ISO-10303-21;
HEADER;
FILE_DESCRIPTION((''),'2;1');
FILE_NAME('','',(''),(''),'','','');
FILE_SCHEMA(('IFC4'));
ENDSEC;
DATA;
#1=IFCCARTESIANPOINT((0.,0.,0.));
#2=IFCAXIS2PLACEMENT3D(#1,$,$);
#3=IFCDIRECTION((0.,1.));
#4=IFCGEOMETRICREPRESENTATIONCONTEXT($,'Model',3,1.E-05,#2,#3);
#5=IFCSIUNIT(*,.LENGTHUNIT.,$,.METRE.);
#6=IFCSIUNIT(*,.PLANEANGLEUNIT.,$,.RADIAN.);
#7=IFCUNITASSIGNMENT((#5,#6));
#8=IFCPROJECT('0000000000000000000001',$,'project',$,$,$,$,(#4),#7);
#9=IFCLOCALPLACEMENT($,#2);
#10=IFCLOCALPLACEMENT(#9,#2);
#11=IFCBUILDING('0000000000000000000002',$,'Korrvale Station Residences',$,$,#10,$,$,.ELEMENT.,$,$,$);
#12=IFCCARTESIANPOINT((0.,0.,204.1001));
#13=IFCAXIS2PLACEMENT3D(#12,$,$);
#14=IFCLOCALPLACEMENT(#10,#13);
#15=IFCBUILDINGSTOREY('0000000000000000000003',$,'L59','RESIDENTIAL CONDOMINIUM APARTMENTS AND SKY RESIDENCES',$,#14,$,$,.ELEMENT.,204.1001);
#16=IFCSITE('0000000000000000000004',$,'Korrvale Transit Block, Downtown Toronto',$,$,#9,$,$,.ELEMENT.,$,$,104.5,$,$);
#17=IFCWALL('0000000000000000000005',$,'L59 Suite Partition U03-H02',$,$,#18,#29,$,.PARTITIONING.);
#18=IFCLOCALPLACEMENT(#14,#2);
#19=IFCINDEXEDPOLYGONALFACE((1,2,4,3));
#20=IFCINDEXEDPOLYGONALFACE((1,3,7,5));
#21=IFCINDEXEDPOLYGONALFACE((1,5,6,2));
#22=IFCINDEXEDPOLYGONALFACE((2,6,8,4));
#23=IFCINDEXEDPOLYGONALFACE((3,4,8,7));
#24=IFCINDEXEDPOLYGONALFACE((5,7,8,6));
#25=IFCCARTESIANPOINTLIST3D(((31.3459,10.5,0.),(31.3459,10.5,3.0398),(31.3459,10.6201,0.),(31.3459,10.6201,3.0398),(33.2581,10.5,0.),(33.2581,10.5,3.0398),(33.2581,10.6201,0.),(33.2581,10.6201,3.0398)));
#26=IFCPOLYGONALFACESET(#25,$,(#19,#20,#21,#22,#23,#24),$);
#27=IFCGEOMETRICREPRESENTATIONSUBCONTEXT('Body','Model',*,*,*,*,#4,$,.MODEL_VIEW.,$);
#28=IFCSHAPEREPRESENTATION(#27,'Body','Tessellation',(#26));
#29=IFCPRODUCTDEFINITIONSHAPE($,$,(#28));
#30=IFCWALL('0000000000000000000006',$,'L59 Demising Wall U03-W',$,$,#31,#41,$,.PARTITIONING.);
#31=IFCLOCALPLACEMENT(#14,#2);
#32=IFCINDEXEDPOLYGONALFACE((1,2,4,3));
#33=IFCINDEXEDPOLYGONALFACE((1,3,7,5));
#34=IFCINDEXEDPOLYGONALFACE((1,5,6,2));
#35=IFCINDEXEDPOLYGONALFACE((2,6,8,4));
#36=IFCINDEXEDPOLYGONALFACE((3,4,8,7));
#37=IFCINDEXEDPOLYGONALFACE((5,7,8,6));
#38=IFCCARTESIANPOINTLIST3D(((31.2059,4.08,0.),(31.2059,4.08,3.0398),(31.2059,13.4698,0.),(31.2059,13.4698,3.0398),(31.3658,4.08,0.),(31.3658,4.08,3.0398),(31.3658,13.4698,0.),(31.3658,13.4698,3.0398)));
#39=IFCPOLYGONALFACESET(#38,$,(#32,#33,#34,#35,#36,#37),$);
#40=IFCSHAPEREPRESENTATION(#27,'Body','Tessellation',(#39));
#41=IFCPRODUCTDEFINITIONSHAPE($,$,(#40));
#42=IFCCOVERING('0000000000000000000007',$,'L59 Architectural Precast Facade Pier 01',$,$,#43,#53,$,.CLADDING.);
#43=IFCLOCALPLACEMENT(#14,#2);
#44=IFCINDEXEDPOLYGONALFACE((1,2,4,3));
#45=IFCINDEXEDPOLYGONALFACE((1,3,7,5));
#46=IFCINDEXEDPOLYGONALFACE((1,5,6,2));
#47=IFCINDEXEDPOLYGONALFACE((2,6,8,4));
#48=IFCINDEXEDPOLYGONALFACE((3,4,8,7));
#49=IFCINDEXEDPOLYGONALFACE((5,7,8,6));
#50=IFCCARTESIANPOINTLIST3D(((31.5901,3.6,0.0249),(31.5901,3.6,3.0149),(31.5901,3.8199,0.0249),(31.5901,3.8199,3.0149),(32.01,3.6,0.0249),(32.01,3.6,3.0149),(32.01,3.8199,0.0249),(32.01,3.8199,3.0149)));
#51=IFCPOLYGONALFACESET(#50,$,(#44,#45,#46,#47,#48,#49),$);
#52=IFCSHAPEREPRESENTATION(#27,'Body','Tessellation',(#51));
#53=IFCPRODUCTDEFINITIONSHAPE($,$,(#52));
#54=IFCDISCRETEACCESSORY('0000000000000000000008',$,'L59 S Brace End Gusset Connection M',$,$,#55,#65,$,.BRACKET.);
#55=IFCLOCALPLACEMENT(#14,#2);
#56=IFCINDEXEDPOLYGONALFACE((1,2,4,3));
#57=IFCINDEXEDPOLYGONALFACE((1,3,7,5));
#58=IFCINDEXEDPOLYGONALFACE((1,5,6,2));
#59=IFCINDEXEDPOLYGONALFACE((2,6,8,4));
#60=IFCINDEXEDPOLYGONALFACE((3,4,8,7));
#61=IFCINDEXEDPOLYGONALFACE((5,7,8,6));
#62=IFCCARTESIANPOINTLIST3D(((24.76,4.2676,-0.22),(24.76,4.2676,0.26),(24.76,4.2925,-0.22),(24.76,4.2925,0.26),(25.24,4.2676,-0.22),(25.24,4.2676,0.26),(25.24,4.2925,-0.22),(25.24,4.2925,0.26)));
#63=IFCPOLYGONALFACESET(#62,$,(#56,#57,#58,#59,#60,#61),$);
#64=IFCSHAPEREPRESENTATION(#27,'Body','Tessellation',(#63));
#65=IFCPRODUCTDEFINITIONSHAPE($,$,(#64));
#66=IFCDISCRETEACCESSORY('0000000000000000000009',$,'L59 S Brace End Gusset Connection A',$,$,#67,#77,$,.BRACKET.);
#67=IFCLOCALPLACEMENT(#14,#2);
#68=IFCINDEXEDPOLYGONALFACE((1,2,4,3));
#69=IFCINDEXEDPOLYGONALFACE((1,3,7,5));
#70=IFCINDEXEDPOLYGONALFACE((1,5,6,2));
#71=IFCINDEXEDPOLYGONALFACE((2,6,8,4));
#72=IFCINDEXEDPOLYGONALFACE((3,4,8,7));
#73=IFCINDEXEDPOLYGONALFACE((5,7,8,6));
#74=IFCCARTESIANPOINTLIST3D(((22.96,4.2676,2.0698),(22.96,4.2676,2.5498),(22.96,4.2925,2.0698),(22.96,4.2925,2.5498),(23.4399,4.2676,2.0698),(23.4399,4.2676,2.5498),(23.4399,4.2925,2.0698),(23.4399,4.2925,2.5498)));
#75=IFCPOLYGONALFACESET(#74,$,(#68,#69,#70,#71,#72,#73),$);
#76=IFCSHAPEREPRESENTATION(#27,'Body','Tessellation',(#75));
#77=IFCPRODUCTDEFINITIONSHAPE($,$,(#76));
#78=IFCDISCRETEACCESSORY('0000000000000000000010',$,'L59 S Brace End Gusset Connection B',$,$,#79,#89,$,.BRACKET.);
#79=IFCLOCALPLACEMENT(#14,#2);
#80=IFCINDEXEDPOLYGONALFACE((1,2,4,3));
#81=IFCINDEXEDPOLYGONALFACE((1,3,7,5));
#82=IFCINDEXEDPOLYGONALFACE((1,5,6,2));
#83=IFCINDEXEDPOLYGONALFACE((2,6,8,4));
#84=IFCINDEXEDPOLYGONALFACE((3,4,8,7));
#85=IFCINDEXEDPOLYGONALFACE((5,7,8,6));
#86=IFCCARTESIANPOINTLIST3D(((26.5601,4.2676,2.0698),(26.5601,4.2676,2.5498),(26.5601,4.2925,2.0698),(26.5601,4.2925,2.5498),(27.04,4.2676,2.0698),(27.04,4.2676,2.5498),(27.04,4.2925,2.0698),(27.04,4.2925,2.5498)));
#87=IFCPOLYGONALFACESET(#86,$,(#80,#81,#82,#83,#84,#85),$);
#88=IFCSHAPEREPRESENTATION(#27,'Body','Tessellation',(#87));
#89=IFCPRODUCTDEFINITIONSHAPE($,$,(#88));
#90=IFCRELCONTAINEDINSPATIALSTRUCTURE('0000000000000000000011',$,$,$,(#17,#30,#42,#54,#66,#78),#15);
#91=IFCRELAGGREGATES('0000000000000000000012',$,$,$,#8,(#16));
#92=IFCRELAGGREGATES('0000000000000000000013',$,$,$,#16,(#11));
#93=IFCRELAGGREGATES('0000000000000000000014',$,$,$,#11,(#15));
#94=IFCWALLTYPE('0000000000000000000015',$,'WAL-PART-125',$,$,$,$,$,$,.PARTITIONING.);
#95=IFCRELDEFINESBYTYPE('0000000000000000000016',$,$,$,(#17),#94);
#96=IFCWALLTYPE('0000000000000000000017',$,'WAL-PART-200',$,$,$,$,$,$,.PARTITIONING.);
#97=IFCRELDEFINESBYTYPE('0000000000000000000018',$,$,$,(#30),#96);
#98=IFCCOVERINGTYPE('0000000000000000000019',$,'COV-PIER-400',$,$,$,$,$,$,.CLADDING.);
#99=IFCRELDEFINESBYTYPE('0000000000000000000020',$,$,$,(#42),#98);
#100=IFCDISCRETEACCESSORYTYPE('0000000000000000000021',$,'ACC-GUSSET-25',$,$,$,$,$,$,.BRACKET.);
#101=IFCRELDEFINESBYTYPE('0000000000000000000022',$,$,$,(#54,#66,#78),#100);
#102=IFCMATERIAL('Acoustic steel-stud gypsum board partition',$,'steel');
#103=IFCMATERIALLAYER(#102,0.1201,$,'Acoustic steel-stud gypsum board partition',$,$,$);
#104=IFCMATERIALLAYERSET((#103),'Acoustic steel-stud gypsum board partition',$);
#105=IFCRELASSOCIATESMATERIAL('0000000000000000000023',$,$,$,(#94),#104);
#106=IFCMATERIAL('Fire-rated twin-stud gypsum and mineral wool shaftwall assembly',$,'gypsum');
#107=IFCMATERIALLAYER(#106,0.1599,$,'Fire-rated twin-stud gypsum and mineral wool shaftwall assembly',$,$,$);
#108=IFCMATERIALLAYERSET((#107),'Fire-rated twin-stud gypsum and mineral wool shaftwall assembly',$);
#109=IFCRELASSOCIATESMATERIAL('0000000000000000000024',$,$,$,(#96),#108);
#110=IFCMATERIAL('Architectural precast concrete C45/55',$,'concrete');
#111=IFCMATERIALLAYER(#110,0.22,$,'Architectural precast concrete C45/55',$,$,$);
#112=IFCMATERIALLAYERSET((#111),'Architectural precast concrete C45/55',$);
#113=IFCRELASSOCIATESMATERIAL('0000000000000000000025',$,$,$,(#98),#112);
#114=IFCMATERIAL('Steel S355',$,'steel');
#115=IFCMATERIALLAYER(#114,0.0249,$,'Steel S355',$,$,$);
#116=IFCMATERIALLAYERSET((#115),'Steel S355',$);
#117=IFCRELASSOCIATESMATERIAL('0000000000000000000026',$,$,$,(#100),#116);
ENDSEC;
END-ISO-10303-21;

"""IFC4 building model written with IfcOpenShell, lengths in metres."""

from ifc_helpers import new_model, si_unit, direction, frame, frame_2d, origin, origin_2d, place, context, subcontext, project, spatial, rectangle, extrude, material, layer, layer_set, type_object, element, save


model = new_model("IFC4")

# Units and contexts
model_context = context("Model", 3, precision=1e-05, world=origin(), true_north=direction((0.0, 1.0)))
body_context = subcontext(model_context, "Body", "Model", "MODEL_VIEW")
ifc_project = project(units=[si_unit("LENGTHUNIT", "METRE"), si_unit("PLANEANGLEUNIT", "RADIAN")], contexts=[model_context])

# Site, building, storey
site_placement = place(None, origin())
site = spatial("IfcSite", under=ifc_project, at=site_placement, Name="Korrvale Transit Block, Downtown Toronto", CompositionType="ELEMENT", RefElevation=104.5)
building_placement = place(site_placement, origin())
building = spatial("IfcBuilding", under=site, at=building_placement, Name="Korrvale Station Residences", CompositionType="ELEMENT")
storey_placement = place(building_placement, frame((0.0, 0.0, 204.1001)))
storey = spatial("IfcBuildingStorey", under=building, at=storey_placement, Name="L59", Description="RESIDENTIAL CONDOMINIUM APARTMENTS AND SKY RESIDENCES", CompositionType="ELEMENT", Elevation=204.1001)

# Shared definitions
ifc_material_1 = material(Name="Steel S355", Category="steel")

# Shared definitions
ifc_material_2 = material(Name="Acoustic steel-stud gypsum board partition", Category="steel")
ifc_layer_1 = layer(ifc_material_2, 0.1201, Name="Acoustic steel-stud gypsum board partition")
ifc_layer_set_1 = layer_set([ifc_layer_1], Name="Acoustic steel-stud gypsum board partition")
wall_type_1 = type_object("IfcWallType", Name="WAL-PART-125", PredefinedType="PARTITIONING", material=ifc_layer_set_1)

# Walls
wall_1_placement = place(storey_placement, frame((31.3459, 10.5601, 0.0), z_axis=(0.0, 0.0, 1.0), x_axis=(1.0, 0.0, 0.0)))
element("IfcWall", 1, at=wall_1_placement, inside=storey, type_object=wall_type_1, Name="L59 Suite Partition U03-H02", PredefinedType="PARTITIONING", context=body_context, shape_type="SweptSolid", body=[
    extrude(rectangle(XDim=1.9121, YDim=0.1201, at=frame_2d((0.9561, 0.0))), origin(), (0.0, 0.0, 1.0), 3.0398),
])
ifc_material_3 = material(Name="Fire-rated twin-stud gypsum and mineral wool shaftwall assembly", Category="gypsum")
ifc_layer_2 = layer(ifc_material_3, 0.1599, Name="Fire-rated twin-stud gypsum and mineral wool shaftwall assembly")
ifc_layer_set_2 = layer_set([ifc_layer_2], Name="Fire-rated twin-stud gypsum and mineral wool shaftwall assembly")
wall_type_2 = type_object("IfcWallType", Name="WAL-PART-200", PredefinedType="PARTITIONING", material=ifc_layer_set_2)
wall_2_placement = place(storey_placement, frame((31.2859, 4.0801, 0.0), z_axis=(0.0, 0.0, 1.0), x_axis=(0.0, 1.0, 0.0)))
element("IfcWall", 2, at=wall_2_placement, inside=storey, type_object=wall_type_2, Name="L59 Demising Wall U03-W", PredefinedType="PARTITIONING", context=body_context, shape_type="SweptSolid", body=[
    extrude(rectangle(XDim=9.3899, YDim=0.1599, at=frame_2d((4.6948, 0.0))), origin(), (0.0, 0.0, 1.0), 3.0398),
])

# Covering
ifc_material_4 = material(Name="Architectural precast concrete C45/55", Category="concrete")
ifc_layer_3 = layer(ifc_material_4, 0.22, Name="Architectural precast concrete C45/55")
ifc_layer_set_3 = layer_set([ifc_layer_3], Name="Architectural precast concrete C45/55")
covering_type = type_object("IfcCoveringType", Name="COV-PIER-400", PredefinedType="CLADDING", material=ifc_layer_set_3)
covering_placement = place(storey_placement, frame((31.8, 3.71, 0.0249), z_axis=(0.0, 0.0, 1.0), x_axis=(1.0, 0.0, 0.0)))
element("IfcCovering", 3, at=covering_placement, inside=storey, type_object=covering_type, Name="L59 Architectural Precast Facade Pier 01", PredefinedType="CLADDING", context=body_context, shape_type="SweptSolid", body=[
    extrude(rectangle(XDim=0.4199, YDim=0.22, at=origin_2d()), origin(), (0.0, 0.0, 1.0), 2.99),
])

# Discrete accessories
ifc_layer_4 = layer(ifc_material_1, 0.0249, Name="Steel S355")
ifc_layer_set_4 = layer_set([ifc_layer_4], Name="Steel S355")
discrete_accessory_type = type_object("IfcDiscreteAccessoryType", Name="ACC-GUSSET-25", PredefinedType="BRACKET", material=ifc_layer_set_4)
for number, where, z_axis, x_axis, name in (
    (4, (25.0, 4.28, -0.22), (0.0, 0.0, 1.0), (1.0, 0.0, 0.0), "L59 S Brace End Gusset Connection M"),
    (5, (23.2, 4.28, 2.0698), (0.0, 0.0, 1.0), (1.0, 0.0, 0.0), "L59 S Brace End Gusset Connection A"),
    (6, (26.8, 4.28, 2.0698), (0.0, 0.0, 1.0), (1.0, 0.0, 0.0), "L59 S Brace End Gusset Connection B"),
):
    element("IfcDiscreteAccessory", number, at=place(storey_placement, frame(where, z_axis=z_axis, x_axis=x_axis)), inside=storey, type_object=discrete_accessory_type, Name=name, PredefinedType="BRACKET", context=body_context, shape_type="SweptSolid", body=[
        extrude(rectangle(XDim=0.48, YDim=0.0249, at=origin_2d()), origin(), (0.0, 0.0, 1.0), 0.48),
    ])

save(model, "model.ifc")
